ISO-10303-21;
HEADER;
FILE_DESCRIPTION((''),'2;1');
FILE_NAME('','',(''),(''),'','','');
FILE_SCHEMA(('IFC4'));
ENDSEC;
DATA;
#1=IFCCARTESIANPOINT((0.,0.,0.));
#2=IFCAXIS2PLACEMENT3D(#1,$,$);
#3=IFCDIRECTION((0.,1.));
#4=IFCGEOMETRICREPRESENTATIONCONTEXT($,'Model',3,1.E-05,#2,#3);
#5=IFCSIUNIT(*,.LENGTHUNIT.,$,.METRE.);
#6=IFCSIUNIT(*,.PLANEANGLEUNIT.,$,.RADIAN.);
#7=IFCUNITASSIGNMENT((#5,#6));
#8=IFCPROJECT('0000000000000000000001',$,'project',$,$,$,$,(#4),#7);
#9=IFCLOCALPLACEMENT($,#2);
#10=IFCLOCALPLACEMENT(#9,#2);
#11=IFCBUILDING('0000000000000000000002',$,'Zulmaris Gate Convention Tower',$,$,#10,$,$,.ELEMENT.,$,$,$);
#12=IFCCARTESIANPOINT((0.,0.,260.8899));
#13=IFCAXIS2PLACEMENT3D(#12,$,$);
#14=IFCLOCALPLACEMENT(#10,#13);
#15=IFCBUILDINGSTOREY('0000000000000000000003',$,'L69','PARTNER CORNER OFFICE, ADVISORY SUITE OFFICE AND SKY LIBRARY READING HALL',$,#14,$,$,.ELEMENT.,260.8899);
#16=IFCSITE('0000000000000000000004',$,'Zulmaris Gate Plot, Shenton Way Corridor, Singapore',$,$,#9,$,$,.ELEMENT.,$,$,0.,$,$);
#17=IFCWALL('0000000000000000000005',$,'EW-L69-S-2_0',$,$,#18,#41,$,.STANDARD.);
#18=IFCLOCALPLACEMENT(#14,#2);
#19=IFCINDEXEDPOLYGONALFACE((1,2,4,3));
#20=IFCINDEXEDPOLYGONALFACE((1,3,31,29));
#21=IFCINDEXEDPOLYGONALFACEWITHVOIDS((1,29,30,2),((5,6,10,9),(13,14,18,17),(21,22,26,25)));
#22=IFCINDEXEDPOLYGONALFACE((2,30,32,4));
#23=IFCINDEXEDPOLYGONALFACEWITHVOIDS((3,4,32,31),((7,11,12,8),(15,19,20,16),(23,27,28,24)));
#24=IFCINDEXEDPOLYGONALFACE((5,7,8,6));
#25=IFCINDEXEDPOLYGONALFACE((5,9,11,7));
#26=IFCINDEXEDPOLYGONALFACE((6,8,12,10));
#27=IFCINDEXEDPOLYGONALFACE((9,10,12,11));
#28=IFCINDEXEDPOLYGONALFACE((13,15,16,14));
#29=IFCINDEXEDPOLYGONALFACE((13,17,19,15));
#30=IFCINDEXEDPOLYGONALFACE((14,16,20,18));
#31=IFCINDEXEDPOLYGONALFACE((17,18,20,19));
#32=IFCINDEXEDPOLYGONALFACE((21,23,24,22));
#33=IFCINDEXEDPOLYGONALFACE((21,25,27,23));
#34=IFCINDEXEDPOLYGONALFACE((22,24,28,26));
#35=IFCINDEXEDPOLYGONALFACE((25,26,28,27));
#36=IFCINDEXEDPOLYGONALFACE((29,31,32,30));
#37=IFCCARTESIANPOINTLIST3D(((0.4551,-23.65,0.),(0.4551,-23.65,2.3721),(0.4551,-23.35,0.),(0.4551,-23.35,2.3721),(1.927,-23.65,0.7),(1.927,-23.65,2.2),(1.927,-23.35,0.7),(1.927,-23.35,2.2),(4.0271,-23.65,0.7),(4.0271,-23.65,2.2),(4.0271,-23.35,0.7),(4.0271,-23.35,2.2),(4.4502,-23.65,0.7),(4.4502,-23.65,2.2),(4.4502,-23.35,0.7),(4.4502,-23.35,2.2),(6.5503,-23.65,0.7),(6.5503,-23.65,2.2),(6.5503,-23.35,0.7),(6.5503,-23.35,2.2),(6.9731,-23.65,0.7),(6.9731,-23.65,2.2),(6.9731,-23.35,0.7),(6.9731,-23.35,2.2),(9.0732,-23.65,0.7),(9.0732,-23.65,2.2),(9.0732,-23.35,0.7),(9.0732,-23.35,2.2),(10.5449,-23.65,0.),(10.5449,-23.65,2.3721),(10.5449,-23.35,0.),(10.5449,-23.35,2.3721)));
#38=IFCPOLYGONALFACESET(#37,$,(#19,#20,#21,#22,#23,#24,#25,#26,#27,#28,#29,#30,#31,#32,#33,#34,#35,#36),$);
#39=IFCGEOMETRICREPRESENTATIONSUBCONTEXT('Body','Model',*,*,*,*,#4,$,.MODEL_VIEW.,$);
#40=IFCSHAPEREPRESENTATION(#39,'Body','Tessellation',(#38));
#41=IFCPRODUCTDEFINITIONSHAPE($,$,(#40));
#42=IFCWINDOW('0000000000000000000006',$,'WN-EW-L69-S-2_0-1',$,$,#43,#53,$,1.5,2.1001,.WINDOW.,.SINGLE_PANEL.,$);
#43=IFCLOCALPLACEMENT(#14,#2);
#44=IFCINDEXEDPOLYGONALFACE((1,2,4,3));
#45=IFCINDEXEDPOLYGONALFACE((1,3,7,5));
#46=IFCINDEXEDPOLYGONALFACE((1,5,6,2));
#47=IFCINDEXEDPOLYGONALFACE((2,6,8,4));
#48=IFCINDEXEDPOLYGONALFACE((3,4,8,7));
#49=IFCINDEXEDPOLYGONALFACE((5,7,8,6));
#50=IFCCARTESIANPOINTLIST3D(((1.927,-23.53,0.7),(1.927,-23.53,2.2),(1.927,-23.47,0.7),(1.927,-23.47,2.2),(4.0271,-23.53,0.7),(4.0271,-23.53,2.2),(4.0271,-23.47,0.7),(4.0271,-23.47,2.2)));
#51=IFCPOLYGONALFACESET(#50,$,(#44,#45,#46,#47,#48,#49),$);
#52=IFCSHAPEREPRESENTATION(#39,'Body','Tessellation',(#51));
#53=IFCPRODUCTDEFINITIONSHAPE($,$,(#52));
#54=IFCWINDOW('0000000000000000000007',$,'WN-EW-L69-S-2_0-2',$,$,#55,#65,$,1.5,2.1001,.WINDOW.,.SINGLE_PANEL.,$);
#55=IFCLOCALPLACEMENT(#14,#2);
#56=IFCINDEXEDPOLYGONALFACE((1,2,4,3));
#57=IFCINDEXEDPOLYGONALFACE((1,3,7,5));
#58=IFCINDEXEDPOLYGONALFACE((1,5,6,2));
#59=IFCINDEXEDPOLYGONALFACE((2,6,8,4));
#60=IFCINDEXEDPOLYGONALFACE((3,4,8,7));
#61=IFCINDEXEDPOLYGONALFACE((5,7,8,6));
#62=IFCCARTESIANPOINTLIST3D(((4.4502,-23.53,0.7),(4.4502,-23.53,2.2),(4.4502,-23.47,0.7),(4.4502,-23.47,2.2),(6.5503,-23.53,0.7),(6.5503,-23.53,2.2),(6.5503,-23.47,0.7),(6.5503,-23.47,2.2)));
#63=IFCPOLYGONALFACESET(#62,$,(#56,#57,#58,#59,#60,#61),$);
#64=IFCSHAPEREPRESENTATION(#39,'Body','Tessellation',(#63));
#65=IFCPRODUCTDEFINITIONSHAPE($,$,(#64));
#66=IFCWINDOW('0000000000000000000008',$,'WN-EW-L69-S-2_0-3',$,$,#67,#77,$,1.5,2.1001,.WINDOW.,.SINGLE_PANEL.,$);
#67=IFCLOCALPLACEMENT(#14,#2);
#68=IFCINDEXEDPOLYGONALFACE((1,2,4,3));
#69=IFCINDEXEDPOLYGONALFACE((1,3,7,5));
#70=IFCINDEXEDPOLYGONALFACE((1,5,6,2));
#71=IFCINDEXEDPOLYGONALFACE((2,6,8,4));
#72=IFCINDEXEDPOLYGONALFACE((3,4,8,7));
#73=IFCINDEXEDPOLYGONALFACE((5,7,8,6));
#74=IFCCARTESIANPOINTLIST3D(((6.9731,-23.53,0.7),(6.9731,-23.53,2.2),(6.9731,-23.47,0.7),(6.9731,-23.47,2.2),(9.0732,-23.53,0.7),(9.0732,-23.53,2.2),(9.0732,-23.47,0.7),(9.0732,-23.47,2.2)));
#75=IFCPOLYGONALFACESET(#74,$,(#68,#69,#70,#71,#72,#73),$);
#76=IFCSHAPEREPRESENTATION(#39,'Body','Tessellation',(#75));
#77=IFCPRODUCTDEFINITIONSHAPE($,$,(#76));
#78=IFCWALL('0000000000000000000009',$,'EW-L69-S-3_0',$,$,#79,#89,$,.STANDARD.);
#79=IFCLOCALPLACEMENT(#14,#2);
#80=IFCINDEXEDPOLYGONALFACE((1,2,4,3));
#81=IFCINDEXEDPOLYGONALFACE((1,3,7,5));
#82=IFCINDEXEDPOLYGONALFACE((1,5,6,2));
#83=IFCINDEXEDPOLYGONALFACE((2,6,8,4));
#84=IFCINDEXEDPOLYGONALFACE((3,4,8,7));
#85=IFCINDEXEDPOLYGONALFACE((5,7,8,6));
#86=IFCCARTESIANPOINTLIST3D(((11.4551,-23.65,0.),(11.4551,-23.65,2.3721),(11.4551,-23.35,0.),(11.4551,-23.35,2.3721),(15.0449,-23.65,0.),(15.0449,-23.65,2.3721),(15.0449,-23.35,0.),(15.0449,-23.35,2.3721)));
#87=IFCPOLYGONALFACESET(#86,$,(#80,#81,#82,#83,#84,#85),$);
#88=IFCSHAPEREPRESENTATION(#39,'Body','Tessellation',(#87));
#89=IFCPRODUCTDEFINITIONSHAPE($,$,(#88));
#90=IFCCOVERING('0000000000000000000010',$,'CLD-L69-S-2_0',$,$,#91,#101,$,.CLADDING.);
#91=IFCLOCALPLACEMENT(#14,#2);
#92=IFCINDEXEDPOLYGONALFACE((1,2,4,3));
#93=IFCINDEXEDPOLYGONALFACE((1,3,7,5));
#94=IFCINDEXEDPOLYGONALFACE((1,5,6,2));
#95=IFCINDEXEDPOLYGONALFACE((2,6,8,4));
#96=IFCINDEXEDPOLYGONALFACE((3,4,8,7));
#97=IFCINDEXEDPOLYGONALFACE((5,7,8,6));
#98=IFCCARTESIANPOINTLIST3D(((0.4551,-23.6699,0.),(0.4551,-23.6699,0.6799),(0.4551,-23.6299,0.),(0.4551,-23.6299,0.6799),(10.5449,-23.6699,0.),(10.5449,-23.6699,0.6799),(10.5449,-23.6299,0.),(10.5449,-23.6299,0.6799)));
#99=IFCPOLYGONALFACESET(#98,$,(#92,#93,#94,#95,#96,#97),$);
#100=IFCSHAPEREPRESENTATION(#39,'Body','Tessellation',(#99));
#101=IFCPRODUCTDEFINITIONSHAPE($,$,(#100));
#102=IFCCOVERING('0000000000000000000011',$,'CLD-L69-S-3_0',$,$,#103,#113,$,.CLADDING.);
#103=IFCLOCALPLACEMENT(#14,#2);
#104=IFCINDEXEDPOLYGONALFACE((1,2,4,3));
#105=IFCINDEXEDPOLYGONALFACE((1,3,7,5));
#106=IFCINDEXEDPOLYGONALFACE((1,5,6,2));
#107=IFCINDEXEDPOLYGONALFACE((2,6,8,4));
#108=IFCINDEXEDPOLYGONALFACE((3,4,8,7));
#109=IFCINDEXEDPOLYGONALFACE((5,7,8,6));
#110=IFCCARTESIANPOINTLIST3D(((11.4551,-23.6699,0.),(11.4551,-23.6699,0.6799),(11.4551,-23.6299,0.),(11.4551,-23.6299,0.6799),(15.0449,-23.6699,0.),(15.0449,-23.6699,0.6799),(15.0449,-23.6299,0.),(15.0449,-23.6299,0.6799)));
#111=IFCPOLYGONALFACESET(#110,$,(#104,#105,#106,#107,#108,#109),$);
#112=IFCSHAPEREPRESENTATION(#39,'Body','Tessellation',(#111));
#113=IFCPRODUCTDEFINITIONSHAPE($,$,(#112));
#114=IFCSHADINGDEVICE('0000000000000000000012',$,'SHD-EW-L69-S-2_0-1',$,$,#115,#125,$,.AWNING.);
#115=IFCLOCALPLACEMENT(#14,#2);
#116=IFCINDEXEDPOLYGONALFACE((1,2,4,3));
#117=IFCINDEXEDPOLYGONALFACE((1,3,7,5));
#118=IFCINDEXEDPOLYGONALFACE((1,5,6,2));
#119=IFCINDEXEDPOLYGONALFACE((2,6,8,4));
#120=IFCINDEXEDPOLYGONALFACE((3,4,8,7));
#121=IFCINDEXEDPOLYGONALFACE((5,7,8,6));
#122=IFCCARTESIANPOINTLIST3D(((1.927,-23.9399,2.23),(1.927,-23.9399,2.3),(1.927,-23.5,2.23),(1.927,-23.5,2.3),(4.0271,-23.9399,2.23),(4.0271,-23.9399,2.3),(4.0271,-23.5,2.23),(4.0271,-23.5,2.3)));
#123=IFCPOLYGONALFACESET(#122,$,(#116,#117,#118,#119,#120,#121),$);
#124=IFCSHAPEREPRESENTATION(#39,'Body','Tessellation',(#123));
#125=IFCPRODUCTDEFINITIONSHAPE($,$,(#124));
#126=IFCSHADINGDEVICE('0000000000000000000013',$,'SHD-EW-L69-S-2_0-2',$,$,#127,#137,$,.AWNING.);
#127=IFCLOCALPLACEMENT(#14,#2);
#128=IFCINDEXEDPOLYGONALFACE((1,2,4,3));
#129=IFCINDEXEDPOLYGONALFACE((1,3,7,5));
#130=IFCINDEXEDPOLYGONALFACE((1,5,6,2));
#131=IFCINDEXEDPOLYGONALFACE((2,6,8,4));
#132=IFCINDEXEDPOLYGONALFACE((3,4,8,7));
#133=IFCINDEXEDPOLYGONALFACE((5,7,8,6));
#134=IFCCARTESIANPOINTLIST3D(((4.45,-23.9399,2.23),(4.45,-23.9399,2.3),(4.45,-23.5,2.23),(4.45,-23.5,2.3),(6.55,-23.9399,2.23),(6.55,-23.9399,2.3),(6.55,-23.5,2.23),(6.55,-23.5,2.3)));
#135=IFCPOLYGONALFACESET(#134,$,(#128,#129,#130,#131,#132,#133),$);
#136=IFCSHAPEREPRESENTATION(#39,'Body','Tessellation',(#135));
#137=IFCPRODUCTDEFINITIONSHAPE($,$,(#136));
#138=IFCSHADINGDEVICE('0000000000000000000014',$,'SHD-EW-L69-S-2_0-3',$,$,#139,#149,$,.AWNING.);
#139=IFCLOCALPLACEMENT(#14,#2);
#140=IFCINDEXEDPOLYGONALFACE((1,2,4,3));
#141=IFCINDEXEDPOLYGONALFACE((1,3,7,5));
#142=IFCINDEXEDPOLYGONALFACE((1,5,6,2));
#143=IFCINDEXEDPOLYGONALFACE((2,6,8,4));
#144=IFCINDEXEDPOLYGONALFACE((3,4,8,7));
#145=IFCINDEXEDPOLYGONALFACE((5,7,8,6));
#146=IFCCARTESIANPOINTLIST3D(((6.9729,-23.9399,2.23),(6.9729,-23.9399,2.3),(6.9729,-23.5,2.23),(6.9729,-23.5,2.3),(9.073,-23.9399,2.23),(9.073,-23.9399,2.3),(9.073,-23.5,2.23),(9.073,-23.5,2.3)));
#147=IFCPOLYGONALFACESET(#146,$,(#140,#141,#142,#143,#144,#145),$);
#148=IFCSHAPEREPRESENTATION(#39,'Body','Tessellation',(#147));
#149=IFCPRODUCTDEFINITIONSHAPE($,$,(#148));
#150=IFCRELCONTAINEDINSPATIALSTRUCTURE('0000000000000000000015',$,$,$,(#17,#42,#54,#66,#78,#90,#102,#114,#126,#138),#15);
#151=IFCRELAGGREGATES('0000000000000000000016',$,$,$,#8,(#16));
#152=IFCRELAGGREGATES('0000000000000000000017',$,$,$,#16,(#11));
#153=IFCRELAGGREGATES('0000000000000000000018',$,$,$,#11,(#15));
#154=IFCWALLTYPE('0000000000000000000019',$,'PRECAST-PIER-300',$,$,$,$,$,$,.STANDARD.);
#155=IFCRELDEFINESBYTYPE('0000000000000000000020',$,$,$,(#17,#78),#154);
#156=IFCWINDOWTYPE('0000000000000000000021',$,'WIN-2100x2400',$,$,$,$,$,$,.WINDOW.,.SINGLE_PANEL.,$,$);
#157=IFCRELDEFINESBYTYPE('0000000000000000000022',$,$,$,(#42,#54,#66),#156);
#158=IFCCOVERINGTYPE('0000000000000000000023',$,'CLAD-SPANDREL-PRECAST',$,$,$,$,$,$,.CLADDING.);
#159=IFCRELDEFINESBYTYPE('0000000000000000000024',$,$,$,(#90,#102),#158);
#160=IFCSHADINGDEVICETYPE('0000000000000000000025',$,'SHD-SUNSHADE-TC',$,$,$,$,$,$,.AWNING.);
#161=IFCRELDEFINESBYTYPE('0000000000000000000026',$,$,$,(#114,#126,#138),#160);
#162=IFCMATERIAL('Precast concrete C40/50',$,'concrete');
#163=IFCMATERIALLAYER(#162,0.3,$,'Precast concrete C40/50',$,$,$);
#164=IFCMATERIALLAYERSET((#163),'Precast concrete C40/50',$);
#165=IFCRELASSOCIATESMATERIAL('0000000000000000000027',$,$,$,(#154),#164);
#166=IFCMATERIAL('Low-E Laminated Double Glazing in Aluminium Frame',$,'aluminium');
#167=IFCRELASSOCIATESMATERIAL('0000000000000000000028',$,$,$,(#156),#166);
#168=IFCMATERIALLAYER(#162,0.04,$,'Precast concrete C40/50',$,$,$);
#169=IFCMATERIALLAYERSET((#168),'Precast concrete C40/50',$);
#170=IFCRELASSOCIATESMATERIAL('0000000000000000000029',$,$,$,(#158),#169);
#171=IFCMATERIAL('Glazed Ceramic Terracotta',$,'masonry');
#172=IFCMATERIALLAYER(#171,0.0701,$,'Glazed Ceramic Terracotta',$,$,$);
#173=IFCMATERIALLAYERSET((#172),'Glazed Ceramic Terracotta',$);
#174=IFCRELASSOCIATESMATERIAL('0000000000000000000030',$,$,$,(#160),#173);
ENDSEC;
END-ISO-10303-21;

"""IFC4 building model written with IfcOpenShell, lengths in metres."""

from ifc_helpers import new_model, si_unit, direction, frame, frame_2d, origin, place, context, subcontext, project, spatial, rectangle, extrude, material, layer, layer_set, type_object, element, fill, save


model = new_model("IFC4")

# Units and contexts
model_context = context("Model", 3, precision=1e-05, world=origin(), true_north=direction((0.0, 1.0)))
body_context = subcontext(model_context, "Body", "Model", "MODEL_VIEW")
ifc_project = project(units=[si_unit("LENGTHUNIT", "METRE"), si_unit("PLANEANGLEUNIT", "RADIAN")], contexts=[model_context])

# Site, building, storey
site_placement = place(None, origin())
site = spatial("IfcSite", under=ifc_project, at=site_placement, Name="Zulmaris Gate Plot, Shenton Way Corridor, Singapore", CompositionType="ELEMENT", RefElevation=0.0)
building_placement = place(site_placement, origin())
building = spatial("IfcBuilding", under=site, at=building_placement, Name="Zulmaris Gate Convention Tower", CompositionType="ELEMENT")
storey_placement = place(building_placement, frame((0.0, 0.0, 260.8899)))
storey = spatial("IfcBuildingStorey", under=building, at=storey_placement, Name="L69", Description="PARTNER CORNER OFFICE, ADVISORY SUITE OFFICE AND SKY LIBRARY READING HALL", CompositionType="ELEMENT", Elevation=260.8899)

# Wall, openings, windows
ifc_material_1 = material(Name="Precast concrete C40/50", Category="concrete")
ifc_layer_1 = layer(ifc_material_1, 0.3, Name="Precast concrete C40/50")
ifc_layer_set_1 = layer_set([ifc_layer_1], Name="Precast concrete C40/50")
wall_type_1 = type_object("IfcWallType", Name="PRECAST-PIER-300", PredefinedType="STANDARD", material=ifc_layer_set_1)
wall_1_placement = place(storey_placement, frame((0.4551, -23.5, 0.0), z_axis=(0.0, 0.0, 1.0), x_axis=(1.0, 0.0, 0.0)))
wall_1 = element("IfcWall", 1, at=wall_1_placement, inside=storey, type_object=wall_type_1, Name="EW-L69-S-2_0", PredefinedType="STANDARD", context=body_context, shape_type="SweptSolid", body=[
    extrude(rectangle(XDim=10.0898, YDim=0.3, at=frame_2d((5.0449, 0.0))), origin(), (0.0, 0.0, 1.0), 2.3721),
])
opening_1_placement = place(wall_1_placement, frame((1.4719, 0.0, 0.7)))
opening_1 = element("IfcOpeningElement", 2, at=opening_1_placement, cuts=wall_1, PredefinedType="OPENING", context=body_context, shape_type="SweptSolid", body=[
    extrude(rectangle(XDim=2.1001, YDim=1.5, at=frame_2d((1.05, 0.75))), frame((0.0, 0.1602, 0.0), z_axis=(0.0, -1.0, 0.0), x_axis=(1.0, 0.0, 0.0)), (0.0, 0.0, 1.0), 0.3201),
])
opening_2_placement = place(wall_1_placement, frame((3.9951, 0.0, 0.7)))
opening_2 = element("IfcOpeningElement", 3, at=opening_2_placement, cuts=wall_1, PredefinedType="OPENING", context=body_context, shape_type="SweptSolid", body=[
    extrude(rectangle(XDim=2.1001, YDim=1.5, at=frame_2d((1.05, 0.75))), frame((0.0, 0.1602, 0.0), z_axis=(0.0, -1.0, 0.0), x_axis=(1.0, 0.0, 0.0)), (0.0, 0.0, 1.0), 0.3201),
])
opening_3_placement = place(wall_1_placement, frame((6.5181, 0.0, 0.7)))
opening_3 = element("IfcOpeningElement", 4, at=opening_3_placement, cuts=wall_1, PredefinedType="OPENING", context=body_context, shape_type="SweptSolid", body=[
    extrude(rectangle(XDim=2.1001, YDim=1.5, at=frame_2d((1.05, 0.75))), frame((0.0, 0.1602, 0.0), z_axis=(0.0, -1.0, 0.0), x_axis=(1.0, 0.0, 0.0)), (0.0, 0.0, 1.0), 0.3201),
])
ifc_material_2 = material(Name="Low-E Laminated Double Glazing in Aluminium Frame", Category="aluminium")
window_type = type_object("IfcWindowType", Name="WIN-2100x2400", PartitioningType="SINGLE_PANEL", PredefinedType="WINDOW", material=ifc_material_2)
window_1_placement = place(opening_1_placement, origin())
window_1 = element("IfcWindow", 5, at=window_1_placement, inside=storey, type_object=window_type, Name="WN-EW-L69-S-2_0-1", OverallHeight=1.5, OverallWidth=2.1001, PartitioningType="SINGLE_PANEL", PredefinedType="WINDOW", context=body_context, shape_type="SweptSolid", body=[
    extrude(rectangle(XDim=2.1001, YDim=1.5, at=frame_2d((1.05, 0.75))), frame((0.0, 0.03, 0.0), z_axis=(0.0, -1.0, 0.0), x_axis=(1.0, 0.0, 0.0)), (0.0, 0.0, 1.0), 0.0601),
])
fill(opening_1, window_1)
window_2_placement = place(opening_2_placement, origin())
window_2 = element("IfcWindow", 6, at=window_2_placement, inside=storey, type_object=window_type, Name="WN-EW-L69-S-2_0-2", OverallHeight=1.5, OverallWidth=2.1001, PartitioningType="SINGLE_PANEL", PredefinedType="WINDOW", context=body_context, shape_type="SweptSolid", body=[
    extrude(rectangle(XDim=2.1001, YDim=1.5, at=frame_2d((1.05, 0.75))), frame((0.0, 0.03, 0.0), z_axis=(0.0, -1.0, 0.0), x_axis=(1.0, 0.0, 0.0)), (0.0, 0.0, 1.0), 0.0601),
])
fill(opening_2, window_2)
window_3_placement = place(opening_3_placement, origin())
window_3 = element("IfcWindow", 7, at=window_3_placement, inside=storey, type_object=window_type, Name="WN-EW-L69-S-2_0-3", OverallHeight=1.5, OverallWidth=2.1001, PartitioningType="SINGLE_PANEL", PredefinedType="WINDOW", context=body_context, shape_type="SweptSolid", body=[
    extrude(rectangle(XDim=2.1001, YDim=1.5, at=frame_2d((1.05, 0.75))), frame((0.0, 0.03, 0.0), z_axis=(0.0, -1.0, 0.0), x_axis=(1.0, 0.0, 0.0)), (0.0, 0.0, 1.0), 0.0601),
])
fill(opening_3, window_3)

# Wall
wall_2_placement = place(storey_placement, frame((11.4551, -23.5, 0.0), z_axis=(0.0, 0.0, 1.0), x_axis=(1.0, 0.0, 0.0)))
element("IfcWall", 8, at=wall_2_placement, inside=storey, type_object=wall_type_1, Name="EW-L69-S-3_0", PredefinedType="STANDARD", context=body_context, shape_type="SweptSolid", body=[
    extrude(rectangle(XDim=3.5898, YDim=0.3, at=frame_2d((1.7949, 0.0))), origin(), (0.0, 0.0, 1.0), 2.3721),
])

# Coverings
ifc_layer_2 = layer(ifc_material_1, 0.04, Name="Precast concrete C40/50")
ifc_layer_set_2 = layer_set([ifc_layer_2], Name="Precast concrete C40/50")
covering_type = type_object("IfcCoveringType", Name="CLAD-SPANDREL-PRECAST", PredefinedType="CLADDING", material=ifc_layer_set_2)
covering_1_placement = place(storey_placement, frame((0.4551, -23.6499, 0.0), z_axis=(0.0, 0.0, 1.0), x_axis=(1.0, 0.0, 0.0)))
element("IfcCovering", 9, at=covering_1_placement, inside=storey, type_object=covering_type, Name="CLD-L69-S-2_0", PredefinedType="CLADDING", context=body_context, shape_type="SweptSolid", body=[
    extrude(rectangle(XDim=10.0898, YDim=0.04, at=frame_2d((5.0449, 0.0))), origin(), (0.0, 0.0, 1.0), 0.6799),
])
covering_2_placement = place(storey_placement, frame((11.4551, -23.6499, 0.0), z_axis=(0.0, 0.0, 1.0), x_axis=(1.0, 0.0, 0.0)))
element("IfcCovering", 10, at=covering_2_placement, inside=storey, type_object=covering_type, Name="CLD-L69-S-3_0", PredefinedType="CLADDING", context=body_context, shape_type="SweptSolid", body=[
    extrude(rectangle(XDim=3.5898, YDim=0.04, at=frame_2d((1.7949, 0.0))), origin(), (0.0, 0.0, 1.0), 0.6799),
])

# Shading devices
ifc_material_3 = material(Name="Glazed Ceramic Terracotta", Category="masonry")
ifc_layer_3 = layer(ifc_material_3, 0.0701, Name="Glazed Ceramic Terracotta")
ifc_layer_set_3 = layer_set([ifc_layer_3], Name="Glazed Ceramic Terracotta")
shading_device_type = type_object("IfcShadingDeviceType", Name="SHD-SUNSHADE-TC", PredefinedType="AWNING", material=ifc_layer_set_3)
for number, where, z_axis, x_axis, name in (
    (11, (1.927, -23.72, 2.23), (0.0, 0.0, 1.0), (1.0, 0.0, 0.0), "SHD-EW-L69-S-2_0-1"),
    (12, (4.45, -23.72, 2.23), (0.0, 0.0, 1.0), (1.0, 0.0, 0.0), "SHD-EW-L69-S-2_0-2"),
    (13, (6.9729, -23.72, 2.23), (0.0, 0.0, 1.0), (1.0, 0.0, 0.0), "SHD-EW-L69-S-2_0-3"),
):
    element("IfcShadingDevice", number, at=place(storey_placement, frame(where, z_axis=z_axis, x_axis=x_axis)), inside=storey, type_object=shading_device_type, Name=name, PredefinedType="AWNING", context=body_context, shape_type="SweptSolid", body=[
        extrude(rectangle(XDim=2.1001, YDim=0.4399, at=frame_2d((1.05, 0.0))), origin(), (0.0, 0.0, 1.0), 0.0701),
    ])

save(model, "model.ifc")
